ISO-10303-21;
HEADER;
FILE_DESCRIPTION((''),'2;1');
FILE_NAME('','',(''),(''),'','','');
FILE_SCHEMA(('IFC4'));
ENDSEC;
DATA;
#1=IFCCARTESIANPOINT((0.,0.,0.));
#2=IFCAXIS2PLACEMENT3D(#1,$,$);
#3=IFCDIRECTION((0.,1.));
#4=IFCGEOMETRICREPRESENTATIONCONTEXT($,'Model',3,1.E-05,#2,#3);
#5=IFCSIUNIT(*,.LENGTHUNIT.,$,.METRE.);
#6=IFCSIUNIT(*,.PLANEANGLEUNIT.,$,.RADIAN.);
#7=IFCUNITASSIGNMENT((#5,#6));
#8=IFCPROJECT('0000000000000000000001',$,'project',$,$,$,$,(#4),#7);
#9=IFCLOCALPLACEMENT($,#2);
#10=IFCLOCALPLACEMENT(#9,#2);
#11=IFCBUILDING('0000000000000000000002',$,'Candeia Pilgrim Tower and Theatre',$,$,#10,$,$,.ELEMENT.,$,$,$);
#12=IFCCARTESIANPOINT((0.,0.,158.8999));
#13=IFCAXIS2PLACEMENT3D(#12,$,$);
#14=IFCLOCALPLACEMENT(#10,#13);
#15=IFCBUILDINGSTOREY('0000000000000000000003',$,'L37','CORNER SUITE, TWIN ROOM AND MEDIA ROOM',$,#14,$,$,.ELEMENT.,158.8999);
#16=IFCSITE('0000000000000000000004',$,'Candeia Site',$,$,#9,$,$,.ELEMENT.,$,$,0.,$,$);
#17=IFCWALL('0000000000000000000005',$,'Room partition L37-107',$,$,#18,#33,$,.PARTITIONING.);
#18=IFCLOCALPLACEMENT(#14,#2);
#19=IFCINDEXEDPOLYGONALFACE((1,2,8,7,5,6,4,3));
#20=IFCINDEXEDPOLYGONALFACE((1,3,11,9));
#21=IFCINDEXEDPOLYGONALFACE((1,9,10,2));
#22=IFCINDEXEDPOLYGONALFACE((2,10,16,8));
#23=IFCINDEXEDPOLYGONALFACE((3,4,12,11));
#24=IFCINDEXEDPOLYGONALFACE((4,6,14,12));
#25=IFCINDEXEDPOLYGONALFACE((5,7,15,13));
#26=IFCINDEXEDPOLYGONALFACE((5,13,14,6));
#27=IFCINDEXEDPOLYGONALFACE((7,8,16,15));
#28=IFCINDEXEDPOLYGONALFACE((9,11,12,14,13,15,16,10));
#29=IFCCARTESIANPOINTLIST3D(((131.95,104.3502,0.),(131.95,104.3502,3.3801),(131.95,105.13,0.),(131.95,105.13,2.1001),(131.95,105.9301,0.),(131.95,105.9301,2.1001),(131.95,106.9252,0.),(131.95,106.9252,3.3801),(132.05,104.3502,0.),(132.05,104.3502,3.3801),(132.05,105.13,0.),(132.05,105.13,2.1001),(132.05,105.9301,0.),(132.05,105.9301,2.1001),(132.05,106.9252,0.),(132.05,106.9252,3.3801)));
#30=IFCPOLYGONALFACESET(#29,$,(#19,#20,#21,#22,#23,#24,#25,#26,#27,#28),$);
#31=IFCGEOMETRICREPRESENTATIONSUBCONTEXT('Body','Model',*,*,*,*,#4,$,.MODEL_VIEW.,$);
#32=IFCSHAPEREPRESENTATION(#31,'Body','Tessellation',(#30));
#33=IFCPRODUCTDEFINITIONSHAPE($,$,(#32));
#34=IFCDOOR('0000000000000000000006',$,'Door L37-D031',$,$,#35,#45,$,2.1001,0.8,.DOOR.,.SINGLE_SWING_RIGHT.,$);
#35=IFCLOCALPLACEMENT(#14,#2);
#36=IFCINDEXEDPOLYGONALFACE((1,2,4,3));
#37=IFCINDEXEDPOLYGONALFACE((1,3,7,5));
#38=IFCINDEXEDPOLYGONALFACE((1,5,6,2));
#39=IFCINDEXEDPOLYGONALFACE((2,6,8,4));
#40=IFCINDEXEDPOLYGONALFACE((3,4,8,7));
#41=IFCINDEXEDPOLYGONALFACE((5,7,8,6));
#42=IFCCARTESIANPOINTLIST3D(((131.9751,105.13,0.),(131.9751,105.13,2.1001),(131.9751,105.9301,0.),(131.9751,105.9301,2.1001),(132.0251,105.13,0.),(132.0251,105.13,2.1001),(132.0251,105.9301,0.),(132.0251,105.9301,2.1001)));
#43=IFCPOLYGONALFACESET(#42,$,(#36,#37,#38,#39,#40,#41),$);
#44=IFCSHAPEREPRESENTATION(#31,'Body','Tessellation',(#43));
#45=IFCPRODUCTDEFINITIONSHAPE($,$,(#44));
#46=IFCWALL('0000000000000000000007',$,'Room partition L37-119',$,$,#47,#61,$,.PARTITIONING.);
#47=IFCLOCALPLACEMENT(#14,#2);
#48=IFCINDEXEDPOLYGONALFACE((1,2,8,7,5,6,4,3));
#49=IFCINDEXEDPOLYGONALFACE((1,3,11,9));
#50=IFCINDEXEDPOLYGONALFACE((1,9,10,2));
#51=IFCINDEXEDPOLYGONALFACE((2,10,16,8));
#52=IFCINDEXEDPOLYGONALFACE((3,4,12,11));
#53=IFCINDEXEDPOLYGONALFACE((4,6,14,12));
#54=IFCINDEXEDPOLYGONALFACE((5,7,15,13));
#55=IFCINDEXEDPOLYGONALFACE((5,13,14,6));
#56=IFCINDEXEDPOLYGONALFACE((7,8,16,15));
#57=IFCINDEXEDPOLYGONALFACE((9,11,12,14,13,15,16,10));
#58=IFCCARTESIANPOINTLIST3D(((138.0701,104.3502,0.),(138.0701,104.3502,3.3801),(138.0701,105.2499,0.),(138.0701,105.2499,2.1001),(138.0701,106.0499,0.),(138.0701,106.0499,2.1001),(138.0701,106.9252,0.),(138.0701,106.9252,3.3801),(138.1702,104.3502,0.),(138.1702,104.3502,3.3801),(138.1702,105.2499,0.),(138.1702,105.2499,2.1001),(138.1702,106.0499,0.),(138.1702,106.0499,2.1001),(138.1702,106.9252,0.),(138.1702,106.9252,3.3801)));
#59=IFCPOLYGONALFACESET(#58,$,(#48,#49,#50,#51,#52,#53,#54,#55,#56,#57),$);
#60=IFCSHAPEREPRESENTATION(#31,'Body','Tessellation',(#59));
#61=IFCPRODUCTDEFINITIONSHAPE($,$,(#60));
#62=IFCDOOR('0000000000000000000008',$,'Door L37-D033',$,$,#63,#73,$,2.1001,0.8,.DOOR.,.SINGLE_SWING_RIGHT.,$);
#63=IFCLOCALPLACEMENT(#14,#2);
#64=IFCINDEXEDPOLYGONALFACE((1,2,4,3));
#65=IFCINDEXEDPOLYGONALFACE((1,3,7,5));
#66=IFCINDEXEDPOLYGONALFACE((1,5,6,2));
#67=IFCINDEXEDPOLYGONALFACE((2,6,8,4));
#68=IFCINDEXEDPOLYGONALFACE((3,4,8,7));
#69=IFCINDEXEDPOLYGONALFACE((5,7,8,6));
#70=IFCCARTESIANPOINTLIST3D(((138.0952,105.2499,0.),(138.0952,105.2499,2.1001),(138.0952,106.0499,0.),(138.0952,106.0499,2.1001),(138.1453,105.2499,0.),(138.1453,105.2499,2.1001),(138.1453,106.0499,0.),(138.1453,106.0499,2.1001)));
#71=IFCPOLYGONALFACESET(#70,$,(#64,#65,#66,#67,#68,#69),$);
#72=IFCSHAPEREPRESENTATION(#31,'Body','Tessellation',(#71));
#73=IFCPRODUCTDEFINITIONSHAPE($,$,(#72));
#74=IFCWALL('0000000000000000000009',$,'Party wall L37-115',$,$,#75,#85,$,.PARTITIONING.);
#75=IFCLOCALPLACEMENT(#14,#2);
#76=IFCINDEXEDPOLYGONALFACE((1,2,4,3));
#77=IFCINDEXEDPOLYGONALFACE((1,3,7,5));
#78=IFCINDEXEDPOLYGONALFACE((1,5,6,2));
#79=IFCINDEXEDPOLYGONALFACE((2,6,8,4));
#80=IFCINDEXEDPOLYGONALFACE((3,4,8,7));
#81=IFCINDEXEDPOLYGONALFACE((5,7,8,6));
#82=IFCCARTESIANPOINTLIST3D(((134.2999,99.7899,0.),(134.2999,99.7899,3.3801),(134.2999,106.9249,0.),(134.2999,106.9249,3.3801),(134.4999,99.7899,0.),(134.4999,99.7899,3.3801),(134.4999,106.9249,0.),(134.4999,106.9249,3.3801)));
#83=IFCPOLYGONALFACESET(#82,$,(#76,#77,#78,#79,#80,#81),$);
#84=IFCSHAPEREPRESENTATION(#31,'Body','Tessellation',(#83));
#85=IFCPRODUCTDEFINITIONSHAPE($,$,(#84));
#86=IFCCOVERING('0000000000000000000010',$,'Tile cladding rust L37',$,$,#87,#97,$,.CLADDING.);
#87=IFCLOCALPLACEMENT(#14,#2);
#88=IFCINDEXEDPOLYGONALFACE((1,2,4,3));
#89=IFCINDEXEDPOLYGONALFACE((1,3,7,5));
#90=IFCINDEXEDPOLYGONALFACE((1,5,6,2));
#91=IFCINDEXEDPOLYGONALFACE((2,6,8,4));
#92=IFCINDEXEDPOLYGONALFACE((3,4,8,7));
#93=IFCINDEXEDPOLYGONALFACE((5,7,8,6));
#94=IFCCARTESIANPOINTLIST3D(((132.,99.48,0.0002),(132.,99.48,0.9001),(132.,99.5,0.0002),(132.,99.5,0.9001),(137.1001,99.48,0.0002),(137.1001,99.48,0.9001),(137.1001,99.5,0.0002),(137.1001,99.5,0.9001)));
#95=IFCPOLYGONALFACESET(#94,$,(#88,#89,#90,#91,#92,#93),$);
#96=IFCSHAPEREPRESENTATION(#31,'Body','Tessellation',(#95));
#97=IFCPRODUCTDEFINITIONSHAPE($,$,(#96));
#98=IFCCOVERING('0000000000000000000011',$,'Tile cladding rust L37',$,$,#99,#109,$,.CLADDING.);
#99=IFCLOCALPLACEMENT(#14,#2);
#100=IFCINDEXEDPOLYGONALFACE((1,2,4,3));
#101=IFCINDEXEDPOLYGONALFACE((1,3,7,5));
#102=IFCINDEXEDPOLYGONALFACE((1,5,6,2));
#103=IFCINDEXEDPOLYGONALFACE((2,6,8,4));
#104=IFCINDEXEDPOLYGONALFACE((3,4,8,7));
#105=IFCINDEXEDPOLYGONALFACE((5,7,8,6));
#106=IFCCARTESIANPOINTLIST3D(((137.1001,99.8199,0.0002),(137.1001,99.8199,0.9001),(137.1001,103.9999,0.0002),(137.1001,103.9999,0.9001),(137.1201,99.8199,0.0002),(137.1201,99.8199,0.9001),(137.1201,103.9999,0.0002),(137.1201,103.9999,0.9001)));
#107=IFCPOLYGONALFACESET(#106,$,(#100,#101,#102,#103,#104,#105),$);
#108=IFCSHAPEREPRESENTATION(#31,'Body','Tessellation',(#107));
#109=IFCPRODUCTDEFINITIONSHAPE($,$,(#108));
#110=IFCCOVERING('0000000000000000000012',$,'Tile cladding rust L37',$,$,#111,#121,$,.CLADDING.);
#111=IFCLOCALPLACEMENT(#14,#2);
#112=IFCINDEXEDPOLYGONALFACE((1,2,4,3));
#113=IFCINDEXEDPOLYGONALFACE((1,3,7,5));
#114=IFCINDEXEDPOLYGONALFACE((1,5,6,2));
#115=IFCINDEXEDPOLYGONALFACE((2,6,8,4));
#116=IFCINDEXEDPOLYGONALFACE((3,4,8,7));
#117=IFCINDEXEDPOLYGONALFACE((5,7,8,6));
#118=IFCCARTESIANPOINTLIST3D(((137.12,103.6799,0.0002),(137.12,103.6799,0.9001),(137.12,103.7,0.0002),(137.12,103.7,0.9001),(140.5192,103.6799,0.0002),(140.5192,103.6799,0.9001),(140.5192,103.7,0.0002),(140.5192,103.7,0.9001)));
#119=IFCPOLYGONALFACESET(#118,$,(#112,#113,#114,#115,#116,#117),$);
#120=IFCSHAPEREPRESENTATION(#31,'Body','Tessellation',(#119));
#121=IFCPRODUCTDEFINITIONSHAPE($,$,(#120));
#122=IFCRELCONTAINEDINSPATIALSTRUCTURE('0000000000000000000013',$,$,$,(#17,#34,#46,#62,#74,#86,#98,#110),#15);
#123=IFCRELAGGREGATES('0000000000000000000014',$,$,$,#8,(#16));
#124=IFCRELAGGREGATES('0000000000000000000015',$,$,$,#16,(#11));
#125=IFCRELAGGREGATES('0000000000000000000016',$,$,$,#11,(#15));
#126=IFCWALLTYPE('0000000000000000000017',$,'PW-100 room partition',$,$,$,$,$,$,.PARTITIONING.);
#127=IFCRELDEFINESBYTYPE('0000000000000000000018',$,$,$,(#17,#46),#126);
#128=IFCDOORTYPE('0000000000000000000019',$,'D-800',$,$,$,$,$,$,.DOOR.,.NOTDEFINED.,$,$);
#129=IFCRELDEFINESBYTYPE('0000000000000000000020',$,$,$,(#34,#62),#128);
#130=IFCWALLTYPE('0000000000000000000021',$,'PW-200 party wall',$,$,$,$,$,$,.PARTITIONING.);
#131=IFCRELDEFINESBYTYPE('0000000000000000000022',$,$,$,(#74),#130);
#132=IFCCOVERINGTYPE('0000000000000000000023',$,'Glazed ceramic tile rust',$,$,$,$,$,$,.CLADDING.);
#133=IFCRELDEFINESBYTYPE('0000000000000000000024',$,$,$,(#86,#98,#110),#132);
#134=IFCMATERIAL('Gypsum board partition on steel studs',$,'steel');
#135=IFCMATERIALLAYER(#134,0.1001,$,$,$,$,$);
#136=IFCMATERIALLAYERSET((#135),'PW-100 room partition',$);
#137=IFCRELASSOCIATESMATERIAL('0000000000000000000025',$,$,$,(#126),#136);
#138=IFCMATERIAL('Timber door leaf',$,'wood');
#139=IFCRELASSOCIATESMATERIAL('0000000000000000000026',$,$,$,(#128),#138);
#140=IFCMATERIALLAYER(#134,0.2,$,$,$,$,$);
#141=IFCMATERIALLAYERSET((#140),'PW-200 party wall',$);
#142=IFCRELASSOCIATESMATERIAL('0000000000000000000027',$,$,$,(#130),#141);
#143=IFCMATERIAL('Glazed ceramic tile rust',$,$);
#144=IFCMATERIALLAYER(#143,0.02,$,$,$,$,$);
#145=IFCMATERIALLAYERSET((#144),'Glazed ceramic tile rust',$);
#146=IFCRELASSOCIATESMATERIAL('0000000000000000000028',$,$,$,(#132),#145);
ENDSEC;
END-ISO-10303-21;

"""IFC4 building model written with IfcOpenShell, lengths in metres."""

from ifc_helpers import new_model, si_unit, direction, frame, frame_2d, origin, origin_2d, place, context, subcontext, project, spatial, rectangle, extrude, material, layer, layer_set, type_object, element, fill, save


model = new_model("IFC4")

# Units and contexts
model_context = context("Model", 3, precision=1e-05, world=origin(), true_north=direction((0.0, 1.0)))
body_context = subcontext(model_context, "Body", "Model", "MODEL_VIEW")
ifc_project = project(units=[si_unit("LENGTHUNIT", "METRE"), si_unit("PLANEANGLEUNIT", "RADIAN")], contexts=[model_context])

# Site, building, storey
site_placement = place(None, origin())
site = spatial("IfcSite", under=ifc_project, at=site_placement, Name="Candeia Site", CompositionType="ELEMENT", RefElevation=0.0)
building_placement = place(site_placement, origin())
building = spatial("IfcBuilding", under=site, at=building_placement, Name="Candeia Pilgrim Tower and Theatre", CompositionType="ELEMENT")
storey_placement = place(building_placement, frame((0.0, 0.0, 158.8999)))
storey = spatial("IfcBuildingStorey", under=building, at=storey_placement, Name="L37", Description="CORNER SUITE, TWIN ROOM AND MEDIA ROOM", CompositionType="ELEMENT", Elevation=158.8999)

# Shared definitions
ifc_material_1 = material(Name="Gypsum board partition on steel studs", Category="steel")
ifc_layer_1 = layer(ifc_material_1, 0.1001)
ifc_layer_set_1 = layer_set([ifc_layer_1], Name="PW-100 room partition")
wall_type_1 = type_object("IfcWallType", Name="PW-100 room partition", PredefinedType="PARTITIONING", material=ifc_layer_set_1)

# Walls, openings, doors
wall_1_placement = place(storey_placement, frame((132.0, 104.3501, 0.0), z_axis=(0.0, 0.0, 1.0), x_axis=(0.0, 1.0, 0.0)))
wall_1 = element("IfcWall", 1, at=wall_1_placement, inside=storey, type_object=wall_type_1, Name="Room partition L37-107", PredefinedType="PARTITIONING", context=body_context, shape_type="SweptSolid", body=[
    extrude(rectangle(XDim=2.575, YDim=0.1001, at=frame_2d((1.2876, 0.0))), origin(), (0.0, 0.0, 1.0), 3.3801),
])
opening_1_placement = place(wall_1_placement, frame((0.78, 0.0, 0.0)))
opening_1 = element("IfcOpeningElement", 2, at=opening_1_placement, cuts=wall_1, PredefinedType="OPENING", context=body_context, shape_type="SweptSolid", body=[
    extrude(rectangle(XDim=0.8, YDim=2.1001, at=frame_2d((0.3999, 1.05))), frame((0.0, 0.0601, 0.0), z_axis=(0.0, -1.0, 0.0), x_axis=(1.0, 0.0, 0.0)), (0.0, 0.0, 1.0), 0.1201),
])
ifc_material_2 = material(Name="Timber door leaf", Category="wood")
door_type_1 = type_object("IfcDoorType", Name="D-800", OperationType="NOTDEFINED", PredefinedType="DOOR", material=ifc_material_2)
door_1_placement = place(opening_1_placement, origin())
door_1 = element("IfcDoor", 3, at=door_1_placement, inside=storey, type_object=door_type_1, Name="Door L37-D031", OperationType="SINGLE_SWING_RIGHT", OverallHeight=2.1001, OverallWidth=0.8, PredefinedType="DOOR", context=body_context, shape_type="SweptSolid", body=[
    extrude(rectangle(XDim=0.8, YDim=2.1001, at=frame_2d((0.3999, 1.05))), frame((0.0, 0.0249, 0.0), z_axis=(0.0, -1.0, 0.0), x_axis=(1.0, 0.0, 0.0)), (0.0, 0.0, 1.0), 0.05),
])
fill(opening_1, door_1)
wall_2_placement = place(storey_placement, frame((138.1201, 104.3501, 0.0), z_axis=(0.0, 0.0, 1.0), x_axis=(0.0, 1.0, 0.0)))
wall_2 = element("IfcWall", 4, at=wall_2_placement, inside=storey, type_object=wall_type_1, Name="Room partition L37-119", PredefinedType="PARTITIONING", context=body_context, shape_type="SweptSolid", body=[
    extrude(rectangle(XDim=2.575, YDim=0.1001, at=frame_2d((1.2876, 0.0))), origin(), (0.0, 0.0, 1.0), 3.3801),
])
opening_2_placement = place(wall_2_placement, frame((0.8999, 0.0, 0.0)))
opening_2 = element("IfcOpeningElement", 5, at=opening_2_placement, cuts=wall_2, PredefinedType="OPENING", context=body_context, shape_type="SweptSolid", body=[
    extrude(rectangle(XDim=0.8, YDim=2.1001, at=frame_2d((0.3999, 1.05))), frame((0.0, 0.0601, 0.0), z_axis=(0.0, -1.0, 0.0), x_axis=(1.0, 0.0, 0.0)), (0.0, 0.0, 1.0), 0.1201),
])
door_2_placement = place(opening_2_placement, origin())
door_2 = element("IfcDoor", 6, at=door_2_placement, inside=storey, type_object=door_type_1, Name="Door L37-D033", OperationType="SINGLE_SWING_RIGHT", OverallHeight=2.1001, OverallWidth=0.8, PredefinedType="DOOR", context=body_context, shape_type="SweptSolid", body=[
    extrude(rectangle(XDim=0.8, YDim=2.1001, at=frame_2d((0.3999, 1.05))), frame((0.0, 0.0249, 0.0), z_axis=(0.0, -1.0, 0.0), x_axis=(1.0, 0.0, 0.0)), (0.0, 0.0, 1.0), 0.05),
])
fill(opening_2, door_2)

# Wall
ifc_layer_2 = layer(ifc_material_1, 0.2)
ifc_layer_set_2 = layer_set([ifc_layer_2], Name="PW-200 party wall")
wall_type_2 = type_object("IfcWallType", Name="PW-200 party wall", PredefinedType="PARTITIONING", material=ifc_layer_set_2)
wall_3_placement = place(storey_placement, frame((134.3999, 99.79, 0.0), z_axis=(0.0, 0.0, 1.0), x_axis=(0.0, 1.0, 0.0)))
element("IfcWall", 7, at=wall_3_placement, inside=storey, type_object=wall_type_2, Name="Party wall L37-115", PredefinedType="PARTITIONING", context=body_context, shape_type="SweptSolid", body=[
    extrude(rectangle(XDim=7.135, YDim=0.2, at=frame_2d((3.5674, 0.0))), origin(), (0.0, 0.0, 1.0), 3.3801),
])

# Coverings
ifc_material_3 = material(Name="Glazed ceramic tile rust")
ifc_layer_3 = layer(ifc_material_3, 0.02)
ifc_layer_set_3 = layer_set([ifc_layer_3], Name="Glazed ceramic tile rust")
covering_type = type_object("IfcCoveringType", Name="Glazed ceramic tile rust", PredefinedType="CLADDING", material=ifc_layer_set_3)
covering_1_placement = place(storey_placement, frame((134.55, 99.49, 0.0002), z_axis=(0.0, 0.0, 1.0), x_axis=(1.0, 0.0, 0.0)))
element("IfcCovering", 8, at=covering_1_placement, inside=storey, type_object=covering_type, Name="Tile cladding rust L37", PredefinedType="CLADDING", context=body_context, shape_type="SweptSolid", body=[
    extrude(rectangle(XDim=5.1001, YDim=0.02, at=origin_2d()), origin(), (0.0, 0.0, 1.0), 0.8999),
])
covering_2_placement = place(storey_placement, frame((137.1101, 101.9099, 0.0002), z_axis=(0.0, 0.0, 1.0), x_axis=(0.0, 1.0, 0.0)))
element("IfcCovering", 9, at=covering_2_placement, inside=storey, type_object=covering_type, Name="Tile cladding rust L37", PredefinedType="CLADDING", context=body_context, shape_type="SweptSolid", body=[
    extrude(rectangle(XDim=4.1799, YDim=0.02, at=origin_2d()), origin(), (0.0, 0.0, 1.0), 0.8999),
])
covering_3_placement = place(storey_placement, frame((138.8196, 103.6899, 0.0002), z_axis=(0.0, 0.0, 1.0), x_axis=(1.0, 0.0, 0.0)))
element("IfcCovering", 10, at=covering_3_placement, inside=storey, type_object=covering_type, Name="Tile cladding rust L37", PredefinedType="CLADDING", context=body_context, shape_type="SweptSolid", body=[
    extrude(rectangle(XDim=3.3992, YDim=0.02, at=origin_2d()), origin(), (0.0, 0.0, 1.0), 0.8999),
])

save(model, "model.ifc")
